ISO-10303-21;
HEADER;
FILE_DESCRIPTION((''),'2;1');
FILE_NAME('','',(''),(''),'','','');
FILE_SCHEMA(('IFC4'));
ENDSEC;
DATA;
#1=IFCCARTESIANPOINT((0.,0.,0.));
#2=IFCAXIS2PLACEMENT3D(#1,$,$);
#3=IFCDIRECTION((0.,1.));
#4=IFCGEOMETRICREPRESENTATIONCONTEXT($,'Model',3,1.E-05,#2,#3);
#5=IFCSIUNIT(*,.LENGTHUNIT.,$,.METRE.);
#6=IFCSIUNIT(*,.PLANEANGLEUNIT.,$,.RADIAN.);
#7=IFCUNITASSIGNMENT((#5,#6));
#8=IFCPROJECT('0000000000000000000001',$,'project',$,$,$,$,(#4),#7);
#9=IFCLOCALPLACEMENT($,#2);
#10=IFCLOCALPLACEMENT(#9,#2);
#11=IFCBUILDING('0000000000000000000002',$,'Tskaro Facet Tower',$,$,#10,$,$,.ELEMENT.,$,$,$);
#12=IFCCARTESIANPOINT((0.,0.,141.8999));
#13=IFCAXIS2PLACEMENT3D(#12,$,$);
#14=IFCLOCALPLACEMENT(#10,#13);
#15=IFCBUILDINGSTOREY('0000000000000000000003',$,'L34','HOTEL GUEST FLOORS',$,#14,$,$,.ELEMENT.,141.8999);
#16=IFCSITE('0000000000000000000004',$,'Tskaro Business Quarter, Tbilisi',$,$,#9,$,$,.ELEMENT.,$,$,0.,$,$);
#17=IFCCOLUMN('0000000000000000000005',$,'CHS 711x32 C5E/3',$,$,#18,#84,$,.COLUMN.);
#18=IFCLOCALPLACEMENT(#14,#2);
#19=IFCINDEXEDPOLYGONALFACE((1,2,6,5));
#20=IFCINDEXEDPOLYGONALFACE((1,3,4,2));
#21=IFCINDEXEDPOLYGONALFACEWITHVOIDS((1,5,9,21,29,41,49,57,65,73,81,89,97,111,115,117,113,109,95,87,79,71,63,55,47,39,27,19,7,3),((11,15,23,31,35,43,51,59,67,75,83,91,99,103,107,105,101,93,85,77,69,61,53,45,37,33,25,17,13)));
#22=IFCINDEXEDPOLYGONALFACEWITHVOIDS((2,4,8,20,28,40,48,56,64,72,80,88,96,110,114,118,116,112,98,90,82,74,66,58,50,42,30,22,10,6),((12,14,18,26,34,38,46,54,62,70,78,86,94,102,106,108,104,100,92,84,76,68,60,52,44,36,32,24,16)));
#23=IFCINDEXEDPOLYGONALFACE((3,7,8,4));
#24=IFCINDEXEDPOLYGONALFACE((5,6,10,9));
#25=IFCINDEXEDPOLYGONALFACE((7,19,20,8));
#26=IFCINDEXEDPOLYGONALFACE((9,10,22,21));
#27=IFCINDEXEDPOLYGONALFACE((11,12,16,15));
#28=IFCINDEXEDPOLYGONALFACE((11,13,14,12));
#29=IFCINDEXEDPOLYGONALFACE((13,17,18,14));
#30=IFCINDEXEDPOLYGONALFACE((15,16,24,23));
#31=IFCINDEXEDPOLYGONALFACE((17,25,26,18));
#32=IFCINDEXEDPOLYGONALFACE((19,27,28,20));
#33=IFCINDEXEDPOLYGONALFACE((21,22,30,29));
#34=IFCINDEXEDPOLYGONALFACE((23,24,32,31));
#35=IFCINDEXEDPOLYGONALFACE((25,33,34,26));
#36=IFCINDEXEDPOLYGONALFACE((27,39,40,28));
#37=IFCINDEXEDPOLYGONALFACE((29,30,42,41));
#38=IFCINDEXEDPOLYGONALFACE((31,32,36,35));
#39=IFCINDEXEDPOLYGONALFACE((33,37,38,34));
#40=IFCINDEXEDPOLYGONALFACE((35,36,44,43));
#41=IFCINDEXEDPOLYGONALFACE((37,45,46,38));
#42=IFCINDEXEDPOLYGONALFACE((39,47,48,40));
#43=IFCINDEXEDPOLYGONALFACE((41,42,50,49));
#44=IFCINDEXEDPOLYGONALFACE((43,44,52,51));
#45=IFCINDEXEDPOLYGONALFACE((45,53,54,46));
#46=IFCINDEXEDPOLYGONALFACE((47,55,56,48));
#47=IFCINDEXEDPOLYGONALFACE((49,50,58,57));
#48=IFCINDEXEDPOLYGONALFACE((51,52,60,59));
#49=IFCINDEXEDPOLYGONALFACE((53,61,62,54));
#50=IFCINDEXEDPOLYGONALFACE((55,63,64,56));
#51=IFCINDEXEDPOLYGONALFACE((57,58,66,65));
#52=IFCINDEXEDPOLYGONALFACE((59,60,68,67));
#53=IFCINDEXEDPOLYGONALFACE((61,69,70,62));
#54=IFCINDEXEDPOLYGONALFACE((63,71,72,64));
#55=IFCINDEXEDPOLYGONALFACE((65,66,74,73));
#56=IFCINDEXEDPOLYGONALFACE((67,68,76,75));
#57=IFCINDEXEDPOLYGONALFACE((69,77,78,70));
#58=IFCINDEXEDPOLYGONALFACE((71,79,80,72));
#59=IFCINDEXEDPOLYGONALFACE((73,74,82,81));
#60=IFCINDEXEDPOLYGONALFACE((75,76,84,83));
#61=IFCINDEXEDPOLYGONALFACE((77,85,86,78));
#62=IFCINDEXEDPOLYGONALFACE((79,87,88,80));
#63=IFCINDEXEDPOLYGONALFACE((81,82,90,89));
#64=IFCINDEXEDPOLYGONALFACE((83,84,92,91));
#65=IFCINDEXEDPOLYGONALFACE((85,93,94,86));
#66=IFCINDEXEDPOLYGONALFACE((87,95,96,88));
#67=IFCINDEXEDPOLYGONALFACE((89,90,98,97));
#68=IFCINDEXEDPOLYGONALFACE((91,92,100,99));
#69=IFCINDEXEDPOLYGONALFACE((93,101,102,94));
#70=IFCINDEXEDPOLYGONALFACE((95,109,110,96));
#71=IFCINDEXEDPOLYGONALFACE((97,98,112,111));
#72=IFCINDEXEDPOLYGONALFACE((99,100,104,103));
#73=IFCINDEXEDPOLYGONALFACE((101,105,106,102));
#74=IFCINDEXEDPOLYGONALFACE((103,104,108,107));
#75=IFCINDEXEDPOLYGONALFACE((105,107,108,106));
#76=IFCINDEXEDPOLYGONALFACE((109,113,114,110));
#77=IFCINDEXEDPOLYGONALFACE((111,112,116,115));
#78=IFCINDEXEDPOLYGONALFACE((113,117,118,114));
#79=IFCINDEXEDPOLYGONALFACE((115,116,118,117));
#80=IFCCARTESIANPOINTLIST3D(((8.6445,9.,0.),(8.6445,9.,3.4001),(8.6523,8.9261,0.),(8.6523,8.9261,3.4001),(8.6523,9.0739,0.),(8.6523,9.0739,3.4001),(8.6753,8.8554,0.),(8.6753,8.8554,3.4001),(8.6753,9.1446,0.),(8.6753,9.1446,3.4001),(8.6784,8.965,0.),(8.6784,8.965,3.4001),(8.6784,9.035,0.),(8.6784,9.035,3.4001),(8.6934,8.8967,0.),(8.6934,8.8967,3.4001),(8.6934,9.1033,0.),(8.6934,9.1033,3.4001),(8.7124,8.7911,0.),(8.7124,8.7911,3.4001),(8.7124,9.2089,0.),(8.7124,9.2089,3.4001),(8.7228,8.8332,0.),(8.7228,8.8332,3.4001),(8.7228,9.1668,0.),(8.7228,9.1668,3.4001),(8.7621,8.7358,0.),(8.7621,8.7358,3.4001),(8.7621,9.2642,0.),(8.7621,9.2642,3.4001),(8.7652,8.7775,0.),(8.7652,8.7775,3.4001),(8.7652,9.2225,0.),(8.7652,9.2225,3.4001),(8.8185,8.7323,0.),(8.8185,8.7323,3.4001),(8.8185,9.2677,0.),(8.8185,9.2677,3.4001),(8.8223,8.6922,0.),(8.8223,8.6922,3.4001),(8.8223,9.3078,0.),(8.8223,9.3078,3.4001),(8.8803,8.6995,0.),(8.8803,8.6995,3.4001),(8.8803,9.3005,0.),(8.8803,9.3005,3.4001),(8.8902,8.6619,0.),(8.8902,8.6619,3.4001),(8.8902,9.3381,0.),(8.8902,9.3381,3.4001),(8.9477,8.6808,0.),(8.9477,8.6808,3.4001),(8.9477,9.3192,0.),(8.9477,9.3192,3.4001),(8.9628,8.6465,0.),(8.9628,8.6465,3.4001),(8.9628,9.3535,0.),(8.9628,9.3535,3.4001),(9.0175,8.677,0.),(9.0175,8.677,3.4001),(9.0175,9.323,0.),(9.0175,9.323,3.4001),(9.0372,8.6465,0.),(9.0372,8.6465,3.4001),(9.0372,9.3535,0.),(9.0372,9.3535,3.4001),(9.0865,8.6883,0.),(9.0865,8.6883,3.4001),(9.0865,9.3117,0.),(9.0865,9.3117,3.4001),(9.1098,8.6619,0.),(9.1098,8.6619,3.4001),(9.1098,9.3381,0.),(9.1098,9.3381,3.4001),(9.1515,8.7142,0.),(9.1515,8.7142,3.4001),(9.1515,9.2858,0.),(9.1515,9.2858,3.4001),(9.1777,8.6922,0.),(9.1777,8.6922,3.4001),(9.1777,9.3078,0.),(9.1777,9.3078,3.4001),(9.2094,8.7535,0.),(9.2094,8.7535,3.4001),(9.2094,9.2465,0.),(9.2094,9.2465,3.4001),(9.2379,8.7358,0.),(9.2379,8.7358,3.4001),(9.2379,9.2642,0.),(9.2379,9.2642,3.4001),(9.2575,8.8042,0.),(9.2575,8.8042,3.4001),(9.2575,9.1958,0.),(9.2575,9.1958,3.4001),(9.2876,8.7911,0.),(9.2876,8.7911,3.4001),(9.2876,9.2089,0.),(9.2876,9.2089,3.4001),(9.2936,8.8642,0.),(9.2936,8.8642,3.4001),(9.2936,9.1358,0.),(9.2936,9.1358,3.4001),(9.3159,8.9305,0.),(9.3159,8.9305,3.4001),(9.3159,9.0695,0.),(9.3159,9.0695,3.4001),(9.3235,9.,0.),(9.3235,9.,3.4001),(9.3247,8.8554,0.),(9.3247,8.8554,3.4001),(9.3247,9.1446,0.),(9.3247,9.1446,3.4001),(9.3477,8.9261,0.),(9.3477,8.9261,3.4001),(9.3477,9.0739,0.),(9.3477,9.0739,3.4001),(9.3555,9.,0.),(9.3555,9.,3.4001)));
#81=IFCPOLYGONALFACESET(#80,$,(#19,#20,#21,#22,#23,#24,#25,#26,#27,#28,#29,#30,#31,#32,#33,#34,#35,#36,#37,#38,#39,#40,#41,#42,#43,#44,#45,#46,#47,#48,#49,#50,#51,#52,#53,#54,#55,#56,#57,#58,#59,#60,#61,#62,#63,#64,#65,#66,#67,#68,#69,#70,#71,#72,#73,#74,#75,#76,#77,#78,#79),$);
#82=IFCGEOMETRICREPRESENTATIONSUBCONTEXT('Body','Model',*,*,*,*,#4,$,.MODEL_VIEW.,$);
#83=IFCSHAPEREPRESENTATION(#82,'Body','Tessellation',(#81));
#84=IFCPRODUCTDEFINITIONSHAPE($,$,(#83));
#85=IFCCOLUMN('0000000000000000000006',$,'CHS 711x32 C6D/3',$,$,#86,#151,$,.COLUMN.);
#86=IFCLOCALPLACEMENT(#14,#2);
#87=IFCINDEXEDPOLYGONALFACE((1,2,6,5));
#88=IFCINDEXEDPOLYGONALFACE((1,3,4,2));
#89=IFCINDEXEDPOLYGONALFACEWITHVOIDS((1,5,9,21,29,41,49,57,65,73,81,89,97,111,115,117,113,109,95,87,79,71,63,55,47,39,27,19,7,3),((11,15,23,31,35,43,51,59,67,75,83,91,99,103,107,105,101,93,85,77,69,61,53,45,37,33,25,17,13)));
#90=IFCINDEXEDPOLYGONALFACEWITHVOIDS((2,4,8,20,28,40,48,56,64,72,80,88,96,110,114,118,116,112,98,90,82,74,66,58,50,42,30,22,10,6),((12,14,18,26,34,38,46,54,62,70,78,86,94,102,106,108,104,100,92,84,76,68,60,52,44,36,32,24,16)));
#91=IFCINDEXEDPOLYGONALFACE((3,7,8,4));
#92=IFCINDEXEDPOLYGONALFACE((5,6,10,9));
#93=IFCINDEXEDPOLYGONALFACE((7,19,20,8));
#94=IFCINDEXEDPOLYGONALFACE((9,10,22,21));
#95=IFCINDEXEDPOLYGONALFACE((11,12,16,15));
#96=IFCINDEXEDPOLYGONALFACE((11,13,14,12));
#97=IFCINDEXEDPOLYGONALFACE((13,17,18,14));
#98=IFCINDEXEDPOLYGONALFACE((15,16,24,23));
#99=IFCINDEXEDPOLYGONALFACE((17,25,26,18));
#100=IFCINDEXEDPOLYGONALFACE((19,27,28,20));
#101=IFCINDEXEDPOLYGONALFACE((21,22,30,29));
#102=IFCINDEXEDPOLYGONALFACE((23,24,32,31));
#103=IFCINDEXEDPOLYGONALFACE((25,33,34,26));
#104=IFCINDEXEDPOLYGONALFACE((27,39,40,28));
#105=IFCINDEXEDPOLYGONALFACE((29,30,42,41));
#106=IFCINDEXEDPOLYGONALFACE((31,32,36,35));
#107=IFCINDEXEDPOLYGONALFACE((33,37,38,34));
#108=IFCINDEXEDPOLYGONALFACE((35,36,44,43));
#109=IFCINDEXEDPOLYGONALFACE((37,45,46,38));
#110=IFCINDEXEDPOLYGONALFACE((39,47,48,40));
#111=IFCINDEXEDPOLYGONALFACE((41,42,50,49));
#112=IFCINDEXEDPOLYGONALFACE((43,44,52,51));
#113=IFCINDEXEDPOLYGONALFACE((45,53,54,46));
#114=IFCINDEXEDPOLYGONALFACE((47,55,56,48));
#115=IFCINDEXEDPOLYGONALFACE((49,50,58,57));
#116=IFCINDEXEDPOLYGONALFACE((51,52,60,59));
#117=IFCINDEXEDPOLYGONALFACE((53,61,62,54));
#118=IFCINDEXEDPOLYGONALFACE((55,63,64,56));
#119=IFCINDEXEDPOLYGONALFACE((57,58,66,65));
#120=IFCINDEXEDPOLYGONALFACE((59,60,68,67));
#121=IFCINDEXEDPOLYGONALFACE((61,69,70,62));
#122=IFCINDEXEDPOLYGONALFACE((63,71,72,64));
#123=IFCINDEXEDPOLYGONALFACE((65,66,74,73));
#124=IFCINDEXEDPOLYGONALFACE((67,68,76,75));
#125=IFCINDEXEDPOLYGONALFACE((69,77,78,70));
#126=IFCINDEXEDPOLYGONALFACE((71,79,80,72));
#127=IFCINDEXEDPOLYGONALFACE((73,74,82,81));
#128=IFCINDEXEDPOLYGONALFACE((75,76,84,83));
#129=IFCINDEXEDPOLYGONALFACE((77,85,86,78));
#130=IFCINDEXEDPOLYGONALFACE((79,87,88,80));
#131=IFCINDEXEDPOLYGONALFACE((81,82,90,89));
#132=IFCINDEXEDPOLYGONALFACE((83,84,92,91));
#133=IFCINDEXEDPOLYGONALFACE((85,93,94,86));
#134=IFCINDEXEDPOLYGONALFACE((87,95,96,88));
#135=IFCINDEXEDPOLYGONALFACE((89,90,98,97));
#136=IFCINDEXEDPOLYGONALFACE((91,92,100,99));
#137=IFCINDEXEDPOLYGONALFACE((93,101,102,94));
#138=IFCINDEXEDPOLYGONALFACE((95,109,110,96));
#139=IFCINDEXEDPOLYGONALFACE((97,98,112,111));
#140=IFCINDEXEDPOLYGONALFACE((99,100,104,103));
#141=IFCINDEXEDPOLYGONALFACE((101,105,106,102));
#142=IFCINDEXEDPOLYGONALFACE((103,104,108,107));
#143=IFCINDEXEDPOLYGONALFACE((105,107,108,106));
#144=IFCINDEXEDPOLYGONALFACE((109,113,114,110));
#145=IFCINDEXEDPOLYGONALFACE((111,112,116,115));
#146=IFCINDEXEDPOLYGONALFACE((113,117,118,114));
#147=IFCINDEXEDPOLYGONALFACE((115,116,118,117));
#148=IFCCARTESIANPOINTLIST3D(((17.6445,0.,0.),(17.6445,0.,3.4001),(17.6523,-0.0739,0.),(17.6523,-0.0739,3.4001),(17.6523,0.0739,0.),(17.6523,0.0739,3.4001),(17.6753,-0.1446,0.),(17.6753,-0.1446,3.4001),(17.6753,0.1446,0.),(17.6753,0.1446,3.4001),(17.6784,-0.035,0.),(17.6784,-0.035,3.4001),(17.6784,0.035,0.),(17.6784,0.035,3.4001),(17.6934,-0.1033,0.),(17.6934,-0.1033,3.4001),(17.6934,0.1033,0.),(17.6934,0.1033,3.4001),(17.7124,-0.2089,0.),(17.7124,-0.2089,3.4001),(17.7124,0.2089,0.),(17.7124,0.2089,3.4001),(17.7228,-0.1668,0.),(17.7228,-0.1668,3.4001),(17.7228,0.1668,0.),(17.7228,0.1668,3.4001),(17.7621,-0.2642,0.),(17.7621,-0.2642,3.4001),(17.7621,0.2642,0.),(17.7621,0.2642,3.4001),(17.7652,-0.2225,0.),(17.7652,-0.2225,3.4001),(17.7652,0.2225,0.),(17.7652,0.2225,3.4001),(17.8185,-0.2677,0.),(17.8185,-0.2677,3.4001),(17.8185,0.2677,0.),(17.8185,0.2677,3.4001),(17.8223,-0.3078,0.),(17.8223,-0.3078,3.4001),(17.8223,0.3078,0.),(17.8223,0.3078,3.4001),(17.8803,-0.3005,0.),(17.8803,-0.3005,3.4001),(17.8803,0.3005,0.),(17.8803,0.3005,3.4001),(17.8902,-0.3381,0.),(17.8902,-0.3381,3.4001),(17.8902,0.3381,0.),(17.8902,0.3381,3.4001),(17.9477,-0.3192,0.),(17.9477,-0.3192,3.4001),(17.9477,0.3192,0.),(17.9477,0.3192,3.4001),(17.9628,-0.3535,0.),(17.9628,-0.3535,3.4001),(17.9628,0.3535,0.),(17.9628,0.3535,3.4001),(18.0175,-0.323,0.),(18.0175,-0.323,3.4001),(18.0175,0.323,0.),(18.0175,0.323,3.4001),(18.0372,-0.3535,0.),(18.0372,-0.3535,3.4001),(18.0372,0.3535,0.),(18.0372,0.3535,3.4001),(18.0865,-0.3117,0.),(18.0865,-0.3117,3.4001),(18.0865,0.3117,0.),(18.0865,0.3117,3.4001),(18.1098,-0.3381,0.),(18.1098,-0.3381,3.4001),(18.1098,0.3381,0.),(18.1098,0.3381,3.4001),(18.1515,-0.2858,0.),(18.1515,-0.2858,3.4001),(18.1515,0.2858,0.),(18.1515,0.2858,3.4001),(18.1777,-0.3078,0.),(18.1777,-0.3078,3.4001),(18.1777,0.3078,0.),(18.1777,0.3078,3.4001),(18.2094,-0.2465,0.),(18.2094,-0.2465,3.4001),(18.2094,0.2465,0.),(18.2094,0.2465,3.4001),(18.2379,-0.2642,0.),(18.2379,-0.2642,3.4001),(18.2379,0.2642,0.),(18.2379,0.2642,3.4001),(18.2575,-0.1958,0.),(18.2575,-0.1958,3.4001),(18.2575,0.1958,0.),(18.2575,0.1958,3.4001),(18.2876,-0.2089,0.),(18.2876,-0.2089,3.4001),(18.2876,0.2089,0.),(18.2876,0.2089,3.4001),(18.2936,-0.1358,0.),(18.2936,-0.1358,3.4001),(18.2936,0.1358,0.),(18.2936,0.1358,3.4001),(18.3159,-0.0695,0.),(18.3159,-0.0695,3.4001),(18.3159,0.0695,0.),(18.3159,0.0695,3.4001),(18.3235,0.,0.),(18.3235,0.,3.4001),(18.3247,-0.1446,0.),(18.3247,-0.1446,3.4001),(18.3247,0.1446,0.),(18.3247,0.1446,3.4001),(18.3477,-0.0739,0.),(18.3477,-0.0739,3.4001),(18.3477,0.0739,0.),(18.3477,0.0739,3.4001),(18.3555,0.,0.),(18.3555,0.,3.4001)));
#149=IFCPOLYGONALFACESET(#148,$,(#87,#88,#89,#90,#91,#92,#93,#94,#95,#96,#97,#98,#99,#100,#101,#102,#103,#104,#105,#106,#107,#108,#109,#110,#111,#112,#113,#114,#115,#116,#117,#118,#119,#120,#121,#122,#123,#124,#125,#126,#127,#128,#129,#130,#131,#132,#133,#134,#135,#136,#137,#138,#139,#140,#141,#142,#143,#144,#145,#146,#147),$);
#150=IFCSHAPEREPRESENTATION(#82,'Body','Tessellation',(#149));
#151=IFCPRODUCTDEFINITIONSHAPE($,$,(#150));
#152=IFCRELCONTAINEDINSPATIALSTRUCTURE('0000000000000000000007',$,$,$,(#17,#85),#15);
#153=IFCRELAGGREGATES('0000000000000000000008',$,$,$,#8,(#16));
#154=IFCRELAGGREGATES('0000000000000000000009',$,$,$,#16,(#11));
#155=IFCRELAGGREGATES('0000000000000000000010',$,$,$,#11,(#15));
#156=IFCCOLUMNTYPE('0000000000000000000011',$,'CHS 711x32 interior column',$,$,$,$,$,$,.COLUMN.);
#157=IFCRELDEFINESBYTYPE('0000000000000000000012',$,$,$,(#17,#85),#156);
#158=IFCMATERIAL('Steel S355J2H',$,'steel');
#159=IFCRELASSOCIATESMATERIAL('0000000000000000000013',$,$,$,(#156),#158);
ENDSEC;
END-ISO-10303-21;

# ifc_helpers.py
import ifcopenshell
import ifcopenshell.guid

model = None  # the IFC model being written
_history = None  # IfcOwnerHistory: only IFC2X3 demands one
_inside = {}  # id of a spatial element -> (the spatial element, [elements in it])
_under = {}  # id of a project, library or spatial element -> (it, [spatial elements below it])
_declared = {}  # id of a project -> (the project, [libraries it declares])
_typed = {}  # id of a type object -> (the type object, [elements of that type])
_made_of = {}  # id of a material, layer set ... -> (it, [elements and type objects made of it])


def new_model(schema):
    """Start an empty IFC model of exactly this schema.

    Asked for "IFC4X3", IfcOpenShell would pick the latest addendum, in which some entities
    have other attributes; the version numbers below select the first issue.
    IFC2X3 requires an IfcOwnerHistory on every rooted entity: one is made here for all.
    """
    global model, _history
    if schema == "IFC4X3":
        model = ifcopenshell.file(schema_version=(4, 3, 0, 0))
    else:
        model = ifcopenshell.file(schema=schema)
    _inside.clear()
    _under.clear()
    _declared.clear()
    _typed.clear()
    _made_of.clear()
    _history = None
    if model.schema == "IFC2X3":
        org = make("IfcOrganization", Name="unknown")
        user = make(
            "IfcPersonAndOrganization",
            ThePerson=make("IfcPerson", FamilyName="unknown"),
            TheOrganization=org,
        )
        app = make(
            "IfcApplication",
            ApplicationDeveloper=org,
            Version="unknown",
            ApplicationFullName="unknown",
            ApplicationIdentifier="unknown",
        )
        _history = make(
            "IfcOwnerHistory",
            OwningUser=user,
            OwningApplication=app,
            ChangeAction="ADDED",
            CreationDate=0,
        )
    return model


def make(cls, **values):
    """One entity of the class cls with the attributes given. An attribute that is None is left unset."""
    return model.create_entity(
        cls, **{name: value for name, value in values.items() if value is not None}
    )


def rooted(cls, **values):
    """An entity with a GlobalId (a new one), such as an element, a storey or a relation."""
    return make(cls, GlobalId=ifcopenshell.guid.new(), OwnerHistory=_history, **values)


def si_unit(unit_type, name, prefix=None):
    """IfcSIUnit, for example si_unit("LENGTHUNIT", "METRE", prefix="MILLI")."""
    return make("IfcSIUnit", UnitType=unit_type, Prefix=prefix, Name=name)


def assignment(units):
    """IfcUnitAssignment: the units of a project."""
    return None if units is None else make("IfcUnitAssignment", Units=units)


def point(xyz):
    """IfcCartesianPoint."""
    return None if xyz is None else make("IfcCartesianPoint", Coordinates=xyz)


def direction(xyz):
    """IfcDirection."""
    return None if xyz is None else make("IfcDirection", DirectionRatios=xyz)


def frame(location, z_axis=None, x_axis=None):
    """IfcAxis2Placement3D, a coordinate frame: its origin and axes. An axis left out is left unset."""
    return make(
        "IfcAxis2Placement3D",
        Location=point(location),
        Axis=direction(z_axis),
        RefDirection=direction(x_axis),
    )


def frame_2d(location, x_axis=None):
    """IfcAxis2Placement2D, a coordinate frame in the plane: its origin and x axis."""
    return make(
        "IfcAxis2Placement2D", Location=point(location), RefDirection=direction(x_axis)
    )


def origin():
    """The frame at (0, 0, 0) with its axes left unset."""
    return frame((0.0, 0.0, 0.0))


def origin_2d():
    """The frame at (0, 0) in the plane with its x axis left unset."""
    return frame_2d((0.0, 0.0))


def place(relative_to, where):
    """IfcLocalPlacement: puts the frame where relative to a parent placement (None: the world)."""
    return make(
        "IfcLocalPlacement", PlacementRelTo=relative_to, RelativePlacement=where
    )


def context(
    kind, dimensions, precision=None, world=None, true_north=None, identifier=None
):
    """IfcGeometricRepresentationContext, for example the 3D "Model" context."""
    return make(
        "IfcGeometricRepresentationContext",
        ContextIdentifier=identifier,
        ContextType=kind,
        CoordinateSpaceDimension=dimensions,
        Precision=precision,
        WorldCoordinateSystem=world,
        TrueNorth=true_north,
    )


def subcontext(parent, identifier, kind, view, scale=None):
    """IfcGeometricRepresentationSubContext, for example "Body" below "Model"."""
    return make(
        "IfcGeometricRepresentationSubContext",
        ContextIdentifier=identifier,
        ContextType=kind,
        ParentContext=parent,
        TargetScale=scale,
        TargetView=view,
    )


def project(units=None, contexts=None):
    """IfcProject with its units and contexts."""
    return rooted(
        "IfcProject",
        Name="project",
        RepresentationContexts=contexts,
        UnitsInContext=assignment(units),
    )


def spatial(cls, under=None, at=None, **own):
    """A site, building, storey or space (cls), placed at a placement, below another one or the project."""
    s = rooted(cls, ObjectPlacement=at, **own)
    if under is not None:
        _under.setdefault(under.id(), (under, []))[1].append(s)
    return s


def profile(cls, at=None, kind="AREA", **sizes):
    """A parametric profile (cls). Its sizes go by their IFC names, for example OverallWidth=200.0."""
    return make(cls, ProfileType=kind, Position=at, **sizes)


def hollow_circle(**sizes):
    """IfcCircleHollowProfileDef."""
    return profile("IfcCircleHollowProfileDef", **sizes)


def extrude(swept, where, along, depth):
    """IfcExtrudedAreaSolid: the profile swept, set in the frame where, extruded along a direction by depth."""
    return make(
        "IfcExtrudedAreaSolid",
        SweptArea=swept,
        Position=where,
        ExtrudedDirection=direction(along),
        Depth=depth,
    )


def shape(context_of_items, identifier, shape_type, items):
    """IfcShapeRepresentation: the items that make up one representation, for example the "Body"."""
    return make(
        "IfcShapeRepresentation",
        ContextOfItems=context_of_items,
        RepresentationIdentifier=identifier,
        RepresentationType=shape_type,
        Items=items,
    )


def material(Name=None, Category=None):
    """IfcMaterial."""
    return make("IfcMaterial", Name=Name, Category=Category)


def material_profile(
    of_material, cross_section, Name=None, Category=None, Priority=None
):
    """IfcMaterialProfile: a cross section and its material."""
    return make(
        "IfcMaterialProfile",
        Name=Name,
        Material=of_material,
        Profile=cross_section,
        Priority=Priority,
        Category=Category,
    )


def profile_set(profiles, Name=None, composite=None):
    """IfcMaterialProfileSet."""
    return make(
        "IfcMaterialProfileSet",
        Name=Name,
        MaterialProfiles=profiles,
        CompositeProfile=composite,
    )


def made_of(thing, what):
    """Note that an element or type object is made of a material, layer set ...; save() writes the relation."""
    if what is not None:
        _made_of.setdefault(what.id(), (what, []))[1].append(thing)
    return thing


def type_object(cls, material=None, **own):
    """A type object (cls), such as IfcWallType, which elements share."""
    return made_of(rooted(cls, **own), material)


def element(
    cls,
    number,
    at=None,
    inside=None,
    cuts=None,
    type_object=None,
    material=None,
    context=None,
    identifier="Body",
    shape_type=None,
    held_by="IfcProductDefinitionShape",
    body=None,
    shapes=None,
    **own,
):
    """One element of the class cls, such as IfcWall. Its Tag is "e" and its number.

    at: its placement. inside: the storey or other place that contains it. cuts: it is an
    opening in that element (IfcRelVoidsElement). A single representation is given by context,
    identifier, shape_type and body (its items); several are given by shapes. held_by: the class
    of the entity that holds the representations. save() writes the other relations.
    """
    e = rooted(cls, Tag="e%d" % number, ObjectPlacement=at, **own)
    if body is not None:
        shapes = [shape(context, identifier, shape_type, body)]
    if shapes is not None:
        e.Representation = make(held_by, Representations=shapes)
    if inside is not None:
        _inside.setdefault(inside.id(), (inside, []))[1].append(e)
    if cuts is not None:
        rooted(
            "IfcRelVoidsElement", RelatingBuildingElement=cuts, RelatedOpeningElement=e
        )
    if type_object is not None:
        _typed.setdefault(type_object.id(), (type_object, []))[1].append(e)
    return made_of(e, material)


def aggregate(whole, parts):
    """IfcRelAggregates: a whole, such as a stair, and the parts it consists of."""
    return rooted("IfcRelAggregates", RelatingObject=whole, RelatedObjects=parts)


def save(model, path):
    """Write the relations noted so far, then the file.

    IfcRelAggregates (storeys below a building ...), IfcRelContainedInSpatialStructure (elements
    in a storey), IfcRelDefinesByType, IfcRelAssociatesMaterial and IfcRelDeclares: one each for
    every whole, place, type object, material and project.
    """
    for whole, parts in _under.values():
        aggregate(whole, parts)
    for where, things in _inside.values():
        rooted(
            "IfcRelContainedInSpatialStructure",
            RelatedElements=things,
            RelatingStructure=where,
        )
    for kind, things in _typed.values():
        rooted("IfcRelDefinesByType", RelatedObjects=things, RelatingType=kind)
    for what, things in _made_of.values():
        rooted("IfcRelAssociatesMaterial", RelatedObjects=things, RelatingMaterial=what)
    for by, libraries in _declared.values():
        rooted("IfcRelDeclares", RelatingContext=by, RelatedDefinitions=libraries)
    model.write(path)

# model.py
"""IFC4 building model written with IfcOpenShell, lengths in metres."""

from ifc_helpers import new_model, si_unit, direction, frame, origin, origin_2d, place, context, subcontext, project, spatial, hollow_circle, extrude, material, material_profile, profile_set, type_object, element, save


model = new_model("IFC4")

# Units and contexts
model_context = context("Model", 3, precision=1e-05, world=origin(), true_north=direction((0.0, 1.0)))
body_context = subcontext(model_context, "Body", "Model", "MODEL_VIEW")
ifc_project = project(units=[si_unit("LENGTHUNIT", "METRE"), si_unit("PLANEANGLEUNIT", "RADIAN")], contexts=[model_context])

# Site, building, storey
site_placement = place(None, origin())
site = spatial("IfcSite", under=ifc_project, at=site_placement, Name="Tskaro Business Quarter, Tbilisi", CompositionType="ELEMENT", RefElevation=0.0)
building_placement = place(site_placement, origin())
building = spatial("IfcBuilding", under=site, at=building_placement, Name="Tskaro Facet Tower", CompositionType="ELEMENT")
storey_placement = place(building_placement, frame((0.0, 0.0, 141.8999)))
storey = spatial("IfcBuildingStorey", under=building, at=storey_placement, Name="L34", Description="HOTEL GUEST FLOORS", CompositionType="ELEMENT", Elevation=141.8999)

# Columns
ifc_material_1 = material(Name="Steel S355J2H", Category="steel")
ifc_material_profile_1 = material_profile(ifc_material_1, hollow_circle(Radius=0.3555, WallThickness=0.032, at=origin_2d()), Name="CHS 711x32")
ifc_profile_set_1 = profile_set([ifc_material_profile_1], Name="Steel S355J2H")
column_type = type_object("IfcColumnType", Name="CHS 711x32 interior column", PredefinedType="COLUMN", material=ifc_profile_set_1)
for number, where, z_axis, x_axis, name in (
    (1, (9.0, 9.0, 0.0), (0.0, 0.0, 1.0), (1.0, 0.0, 0.0), "CHS 711x32 C5E/3"),
    (2, (18.0, 0.0, 0.0), (0.0, 0.0, 1.0), (1.0, 0.0, 0.0), "CHS 711x32 C6D/3"),
):
    element("IfcColumn", number, at=place(storey_placement, frame(where, z_axis=z_axis, x_axis=x_axis)), inside=storey, type_object=column_type, Name=name, PredefinedType="COLUMN", context=body_context, shape_type="SweptSolid", body=[
        extrude(hollow_circle(Radius=0.3555, WallThickness=0.032, at=origin_2d()), origin(), (0.0, 0.0, 1.0), 3.4001),
    ])

save(model, "model.ifc")
